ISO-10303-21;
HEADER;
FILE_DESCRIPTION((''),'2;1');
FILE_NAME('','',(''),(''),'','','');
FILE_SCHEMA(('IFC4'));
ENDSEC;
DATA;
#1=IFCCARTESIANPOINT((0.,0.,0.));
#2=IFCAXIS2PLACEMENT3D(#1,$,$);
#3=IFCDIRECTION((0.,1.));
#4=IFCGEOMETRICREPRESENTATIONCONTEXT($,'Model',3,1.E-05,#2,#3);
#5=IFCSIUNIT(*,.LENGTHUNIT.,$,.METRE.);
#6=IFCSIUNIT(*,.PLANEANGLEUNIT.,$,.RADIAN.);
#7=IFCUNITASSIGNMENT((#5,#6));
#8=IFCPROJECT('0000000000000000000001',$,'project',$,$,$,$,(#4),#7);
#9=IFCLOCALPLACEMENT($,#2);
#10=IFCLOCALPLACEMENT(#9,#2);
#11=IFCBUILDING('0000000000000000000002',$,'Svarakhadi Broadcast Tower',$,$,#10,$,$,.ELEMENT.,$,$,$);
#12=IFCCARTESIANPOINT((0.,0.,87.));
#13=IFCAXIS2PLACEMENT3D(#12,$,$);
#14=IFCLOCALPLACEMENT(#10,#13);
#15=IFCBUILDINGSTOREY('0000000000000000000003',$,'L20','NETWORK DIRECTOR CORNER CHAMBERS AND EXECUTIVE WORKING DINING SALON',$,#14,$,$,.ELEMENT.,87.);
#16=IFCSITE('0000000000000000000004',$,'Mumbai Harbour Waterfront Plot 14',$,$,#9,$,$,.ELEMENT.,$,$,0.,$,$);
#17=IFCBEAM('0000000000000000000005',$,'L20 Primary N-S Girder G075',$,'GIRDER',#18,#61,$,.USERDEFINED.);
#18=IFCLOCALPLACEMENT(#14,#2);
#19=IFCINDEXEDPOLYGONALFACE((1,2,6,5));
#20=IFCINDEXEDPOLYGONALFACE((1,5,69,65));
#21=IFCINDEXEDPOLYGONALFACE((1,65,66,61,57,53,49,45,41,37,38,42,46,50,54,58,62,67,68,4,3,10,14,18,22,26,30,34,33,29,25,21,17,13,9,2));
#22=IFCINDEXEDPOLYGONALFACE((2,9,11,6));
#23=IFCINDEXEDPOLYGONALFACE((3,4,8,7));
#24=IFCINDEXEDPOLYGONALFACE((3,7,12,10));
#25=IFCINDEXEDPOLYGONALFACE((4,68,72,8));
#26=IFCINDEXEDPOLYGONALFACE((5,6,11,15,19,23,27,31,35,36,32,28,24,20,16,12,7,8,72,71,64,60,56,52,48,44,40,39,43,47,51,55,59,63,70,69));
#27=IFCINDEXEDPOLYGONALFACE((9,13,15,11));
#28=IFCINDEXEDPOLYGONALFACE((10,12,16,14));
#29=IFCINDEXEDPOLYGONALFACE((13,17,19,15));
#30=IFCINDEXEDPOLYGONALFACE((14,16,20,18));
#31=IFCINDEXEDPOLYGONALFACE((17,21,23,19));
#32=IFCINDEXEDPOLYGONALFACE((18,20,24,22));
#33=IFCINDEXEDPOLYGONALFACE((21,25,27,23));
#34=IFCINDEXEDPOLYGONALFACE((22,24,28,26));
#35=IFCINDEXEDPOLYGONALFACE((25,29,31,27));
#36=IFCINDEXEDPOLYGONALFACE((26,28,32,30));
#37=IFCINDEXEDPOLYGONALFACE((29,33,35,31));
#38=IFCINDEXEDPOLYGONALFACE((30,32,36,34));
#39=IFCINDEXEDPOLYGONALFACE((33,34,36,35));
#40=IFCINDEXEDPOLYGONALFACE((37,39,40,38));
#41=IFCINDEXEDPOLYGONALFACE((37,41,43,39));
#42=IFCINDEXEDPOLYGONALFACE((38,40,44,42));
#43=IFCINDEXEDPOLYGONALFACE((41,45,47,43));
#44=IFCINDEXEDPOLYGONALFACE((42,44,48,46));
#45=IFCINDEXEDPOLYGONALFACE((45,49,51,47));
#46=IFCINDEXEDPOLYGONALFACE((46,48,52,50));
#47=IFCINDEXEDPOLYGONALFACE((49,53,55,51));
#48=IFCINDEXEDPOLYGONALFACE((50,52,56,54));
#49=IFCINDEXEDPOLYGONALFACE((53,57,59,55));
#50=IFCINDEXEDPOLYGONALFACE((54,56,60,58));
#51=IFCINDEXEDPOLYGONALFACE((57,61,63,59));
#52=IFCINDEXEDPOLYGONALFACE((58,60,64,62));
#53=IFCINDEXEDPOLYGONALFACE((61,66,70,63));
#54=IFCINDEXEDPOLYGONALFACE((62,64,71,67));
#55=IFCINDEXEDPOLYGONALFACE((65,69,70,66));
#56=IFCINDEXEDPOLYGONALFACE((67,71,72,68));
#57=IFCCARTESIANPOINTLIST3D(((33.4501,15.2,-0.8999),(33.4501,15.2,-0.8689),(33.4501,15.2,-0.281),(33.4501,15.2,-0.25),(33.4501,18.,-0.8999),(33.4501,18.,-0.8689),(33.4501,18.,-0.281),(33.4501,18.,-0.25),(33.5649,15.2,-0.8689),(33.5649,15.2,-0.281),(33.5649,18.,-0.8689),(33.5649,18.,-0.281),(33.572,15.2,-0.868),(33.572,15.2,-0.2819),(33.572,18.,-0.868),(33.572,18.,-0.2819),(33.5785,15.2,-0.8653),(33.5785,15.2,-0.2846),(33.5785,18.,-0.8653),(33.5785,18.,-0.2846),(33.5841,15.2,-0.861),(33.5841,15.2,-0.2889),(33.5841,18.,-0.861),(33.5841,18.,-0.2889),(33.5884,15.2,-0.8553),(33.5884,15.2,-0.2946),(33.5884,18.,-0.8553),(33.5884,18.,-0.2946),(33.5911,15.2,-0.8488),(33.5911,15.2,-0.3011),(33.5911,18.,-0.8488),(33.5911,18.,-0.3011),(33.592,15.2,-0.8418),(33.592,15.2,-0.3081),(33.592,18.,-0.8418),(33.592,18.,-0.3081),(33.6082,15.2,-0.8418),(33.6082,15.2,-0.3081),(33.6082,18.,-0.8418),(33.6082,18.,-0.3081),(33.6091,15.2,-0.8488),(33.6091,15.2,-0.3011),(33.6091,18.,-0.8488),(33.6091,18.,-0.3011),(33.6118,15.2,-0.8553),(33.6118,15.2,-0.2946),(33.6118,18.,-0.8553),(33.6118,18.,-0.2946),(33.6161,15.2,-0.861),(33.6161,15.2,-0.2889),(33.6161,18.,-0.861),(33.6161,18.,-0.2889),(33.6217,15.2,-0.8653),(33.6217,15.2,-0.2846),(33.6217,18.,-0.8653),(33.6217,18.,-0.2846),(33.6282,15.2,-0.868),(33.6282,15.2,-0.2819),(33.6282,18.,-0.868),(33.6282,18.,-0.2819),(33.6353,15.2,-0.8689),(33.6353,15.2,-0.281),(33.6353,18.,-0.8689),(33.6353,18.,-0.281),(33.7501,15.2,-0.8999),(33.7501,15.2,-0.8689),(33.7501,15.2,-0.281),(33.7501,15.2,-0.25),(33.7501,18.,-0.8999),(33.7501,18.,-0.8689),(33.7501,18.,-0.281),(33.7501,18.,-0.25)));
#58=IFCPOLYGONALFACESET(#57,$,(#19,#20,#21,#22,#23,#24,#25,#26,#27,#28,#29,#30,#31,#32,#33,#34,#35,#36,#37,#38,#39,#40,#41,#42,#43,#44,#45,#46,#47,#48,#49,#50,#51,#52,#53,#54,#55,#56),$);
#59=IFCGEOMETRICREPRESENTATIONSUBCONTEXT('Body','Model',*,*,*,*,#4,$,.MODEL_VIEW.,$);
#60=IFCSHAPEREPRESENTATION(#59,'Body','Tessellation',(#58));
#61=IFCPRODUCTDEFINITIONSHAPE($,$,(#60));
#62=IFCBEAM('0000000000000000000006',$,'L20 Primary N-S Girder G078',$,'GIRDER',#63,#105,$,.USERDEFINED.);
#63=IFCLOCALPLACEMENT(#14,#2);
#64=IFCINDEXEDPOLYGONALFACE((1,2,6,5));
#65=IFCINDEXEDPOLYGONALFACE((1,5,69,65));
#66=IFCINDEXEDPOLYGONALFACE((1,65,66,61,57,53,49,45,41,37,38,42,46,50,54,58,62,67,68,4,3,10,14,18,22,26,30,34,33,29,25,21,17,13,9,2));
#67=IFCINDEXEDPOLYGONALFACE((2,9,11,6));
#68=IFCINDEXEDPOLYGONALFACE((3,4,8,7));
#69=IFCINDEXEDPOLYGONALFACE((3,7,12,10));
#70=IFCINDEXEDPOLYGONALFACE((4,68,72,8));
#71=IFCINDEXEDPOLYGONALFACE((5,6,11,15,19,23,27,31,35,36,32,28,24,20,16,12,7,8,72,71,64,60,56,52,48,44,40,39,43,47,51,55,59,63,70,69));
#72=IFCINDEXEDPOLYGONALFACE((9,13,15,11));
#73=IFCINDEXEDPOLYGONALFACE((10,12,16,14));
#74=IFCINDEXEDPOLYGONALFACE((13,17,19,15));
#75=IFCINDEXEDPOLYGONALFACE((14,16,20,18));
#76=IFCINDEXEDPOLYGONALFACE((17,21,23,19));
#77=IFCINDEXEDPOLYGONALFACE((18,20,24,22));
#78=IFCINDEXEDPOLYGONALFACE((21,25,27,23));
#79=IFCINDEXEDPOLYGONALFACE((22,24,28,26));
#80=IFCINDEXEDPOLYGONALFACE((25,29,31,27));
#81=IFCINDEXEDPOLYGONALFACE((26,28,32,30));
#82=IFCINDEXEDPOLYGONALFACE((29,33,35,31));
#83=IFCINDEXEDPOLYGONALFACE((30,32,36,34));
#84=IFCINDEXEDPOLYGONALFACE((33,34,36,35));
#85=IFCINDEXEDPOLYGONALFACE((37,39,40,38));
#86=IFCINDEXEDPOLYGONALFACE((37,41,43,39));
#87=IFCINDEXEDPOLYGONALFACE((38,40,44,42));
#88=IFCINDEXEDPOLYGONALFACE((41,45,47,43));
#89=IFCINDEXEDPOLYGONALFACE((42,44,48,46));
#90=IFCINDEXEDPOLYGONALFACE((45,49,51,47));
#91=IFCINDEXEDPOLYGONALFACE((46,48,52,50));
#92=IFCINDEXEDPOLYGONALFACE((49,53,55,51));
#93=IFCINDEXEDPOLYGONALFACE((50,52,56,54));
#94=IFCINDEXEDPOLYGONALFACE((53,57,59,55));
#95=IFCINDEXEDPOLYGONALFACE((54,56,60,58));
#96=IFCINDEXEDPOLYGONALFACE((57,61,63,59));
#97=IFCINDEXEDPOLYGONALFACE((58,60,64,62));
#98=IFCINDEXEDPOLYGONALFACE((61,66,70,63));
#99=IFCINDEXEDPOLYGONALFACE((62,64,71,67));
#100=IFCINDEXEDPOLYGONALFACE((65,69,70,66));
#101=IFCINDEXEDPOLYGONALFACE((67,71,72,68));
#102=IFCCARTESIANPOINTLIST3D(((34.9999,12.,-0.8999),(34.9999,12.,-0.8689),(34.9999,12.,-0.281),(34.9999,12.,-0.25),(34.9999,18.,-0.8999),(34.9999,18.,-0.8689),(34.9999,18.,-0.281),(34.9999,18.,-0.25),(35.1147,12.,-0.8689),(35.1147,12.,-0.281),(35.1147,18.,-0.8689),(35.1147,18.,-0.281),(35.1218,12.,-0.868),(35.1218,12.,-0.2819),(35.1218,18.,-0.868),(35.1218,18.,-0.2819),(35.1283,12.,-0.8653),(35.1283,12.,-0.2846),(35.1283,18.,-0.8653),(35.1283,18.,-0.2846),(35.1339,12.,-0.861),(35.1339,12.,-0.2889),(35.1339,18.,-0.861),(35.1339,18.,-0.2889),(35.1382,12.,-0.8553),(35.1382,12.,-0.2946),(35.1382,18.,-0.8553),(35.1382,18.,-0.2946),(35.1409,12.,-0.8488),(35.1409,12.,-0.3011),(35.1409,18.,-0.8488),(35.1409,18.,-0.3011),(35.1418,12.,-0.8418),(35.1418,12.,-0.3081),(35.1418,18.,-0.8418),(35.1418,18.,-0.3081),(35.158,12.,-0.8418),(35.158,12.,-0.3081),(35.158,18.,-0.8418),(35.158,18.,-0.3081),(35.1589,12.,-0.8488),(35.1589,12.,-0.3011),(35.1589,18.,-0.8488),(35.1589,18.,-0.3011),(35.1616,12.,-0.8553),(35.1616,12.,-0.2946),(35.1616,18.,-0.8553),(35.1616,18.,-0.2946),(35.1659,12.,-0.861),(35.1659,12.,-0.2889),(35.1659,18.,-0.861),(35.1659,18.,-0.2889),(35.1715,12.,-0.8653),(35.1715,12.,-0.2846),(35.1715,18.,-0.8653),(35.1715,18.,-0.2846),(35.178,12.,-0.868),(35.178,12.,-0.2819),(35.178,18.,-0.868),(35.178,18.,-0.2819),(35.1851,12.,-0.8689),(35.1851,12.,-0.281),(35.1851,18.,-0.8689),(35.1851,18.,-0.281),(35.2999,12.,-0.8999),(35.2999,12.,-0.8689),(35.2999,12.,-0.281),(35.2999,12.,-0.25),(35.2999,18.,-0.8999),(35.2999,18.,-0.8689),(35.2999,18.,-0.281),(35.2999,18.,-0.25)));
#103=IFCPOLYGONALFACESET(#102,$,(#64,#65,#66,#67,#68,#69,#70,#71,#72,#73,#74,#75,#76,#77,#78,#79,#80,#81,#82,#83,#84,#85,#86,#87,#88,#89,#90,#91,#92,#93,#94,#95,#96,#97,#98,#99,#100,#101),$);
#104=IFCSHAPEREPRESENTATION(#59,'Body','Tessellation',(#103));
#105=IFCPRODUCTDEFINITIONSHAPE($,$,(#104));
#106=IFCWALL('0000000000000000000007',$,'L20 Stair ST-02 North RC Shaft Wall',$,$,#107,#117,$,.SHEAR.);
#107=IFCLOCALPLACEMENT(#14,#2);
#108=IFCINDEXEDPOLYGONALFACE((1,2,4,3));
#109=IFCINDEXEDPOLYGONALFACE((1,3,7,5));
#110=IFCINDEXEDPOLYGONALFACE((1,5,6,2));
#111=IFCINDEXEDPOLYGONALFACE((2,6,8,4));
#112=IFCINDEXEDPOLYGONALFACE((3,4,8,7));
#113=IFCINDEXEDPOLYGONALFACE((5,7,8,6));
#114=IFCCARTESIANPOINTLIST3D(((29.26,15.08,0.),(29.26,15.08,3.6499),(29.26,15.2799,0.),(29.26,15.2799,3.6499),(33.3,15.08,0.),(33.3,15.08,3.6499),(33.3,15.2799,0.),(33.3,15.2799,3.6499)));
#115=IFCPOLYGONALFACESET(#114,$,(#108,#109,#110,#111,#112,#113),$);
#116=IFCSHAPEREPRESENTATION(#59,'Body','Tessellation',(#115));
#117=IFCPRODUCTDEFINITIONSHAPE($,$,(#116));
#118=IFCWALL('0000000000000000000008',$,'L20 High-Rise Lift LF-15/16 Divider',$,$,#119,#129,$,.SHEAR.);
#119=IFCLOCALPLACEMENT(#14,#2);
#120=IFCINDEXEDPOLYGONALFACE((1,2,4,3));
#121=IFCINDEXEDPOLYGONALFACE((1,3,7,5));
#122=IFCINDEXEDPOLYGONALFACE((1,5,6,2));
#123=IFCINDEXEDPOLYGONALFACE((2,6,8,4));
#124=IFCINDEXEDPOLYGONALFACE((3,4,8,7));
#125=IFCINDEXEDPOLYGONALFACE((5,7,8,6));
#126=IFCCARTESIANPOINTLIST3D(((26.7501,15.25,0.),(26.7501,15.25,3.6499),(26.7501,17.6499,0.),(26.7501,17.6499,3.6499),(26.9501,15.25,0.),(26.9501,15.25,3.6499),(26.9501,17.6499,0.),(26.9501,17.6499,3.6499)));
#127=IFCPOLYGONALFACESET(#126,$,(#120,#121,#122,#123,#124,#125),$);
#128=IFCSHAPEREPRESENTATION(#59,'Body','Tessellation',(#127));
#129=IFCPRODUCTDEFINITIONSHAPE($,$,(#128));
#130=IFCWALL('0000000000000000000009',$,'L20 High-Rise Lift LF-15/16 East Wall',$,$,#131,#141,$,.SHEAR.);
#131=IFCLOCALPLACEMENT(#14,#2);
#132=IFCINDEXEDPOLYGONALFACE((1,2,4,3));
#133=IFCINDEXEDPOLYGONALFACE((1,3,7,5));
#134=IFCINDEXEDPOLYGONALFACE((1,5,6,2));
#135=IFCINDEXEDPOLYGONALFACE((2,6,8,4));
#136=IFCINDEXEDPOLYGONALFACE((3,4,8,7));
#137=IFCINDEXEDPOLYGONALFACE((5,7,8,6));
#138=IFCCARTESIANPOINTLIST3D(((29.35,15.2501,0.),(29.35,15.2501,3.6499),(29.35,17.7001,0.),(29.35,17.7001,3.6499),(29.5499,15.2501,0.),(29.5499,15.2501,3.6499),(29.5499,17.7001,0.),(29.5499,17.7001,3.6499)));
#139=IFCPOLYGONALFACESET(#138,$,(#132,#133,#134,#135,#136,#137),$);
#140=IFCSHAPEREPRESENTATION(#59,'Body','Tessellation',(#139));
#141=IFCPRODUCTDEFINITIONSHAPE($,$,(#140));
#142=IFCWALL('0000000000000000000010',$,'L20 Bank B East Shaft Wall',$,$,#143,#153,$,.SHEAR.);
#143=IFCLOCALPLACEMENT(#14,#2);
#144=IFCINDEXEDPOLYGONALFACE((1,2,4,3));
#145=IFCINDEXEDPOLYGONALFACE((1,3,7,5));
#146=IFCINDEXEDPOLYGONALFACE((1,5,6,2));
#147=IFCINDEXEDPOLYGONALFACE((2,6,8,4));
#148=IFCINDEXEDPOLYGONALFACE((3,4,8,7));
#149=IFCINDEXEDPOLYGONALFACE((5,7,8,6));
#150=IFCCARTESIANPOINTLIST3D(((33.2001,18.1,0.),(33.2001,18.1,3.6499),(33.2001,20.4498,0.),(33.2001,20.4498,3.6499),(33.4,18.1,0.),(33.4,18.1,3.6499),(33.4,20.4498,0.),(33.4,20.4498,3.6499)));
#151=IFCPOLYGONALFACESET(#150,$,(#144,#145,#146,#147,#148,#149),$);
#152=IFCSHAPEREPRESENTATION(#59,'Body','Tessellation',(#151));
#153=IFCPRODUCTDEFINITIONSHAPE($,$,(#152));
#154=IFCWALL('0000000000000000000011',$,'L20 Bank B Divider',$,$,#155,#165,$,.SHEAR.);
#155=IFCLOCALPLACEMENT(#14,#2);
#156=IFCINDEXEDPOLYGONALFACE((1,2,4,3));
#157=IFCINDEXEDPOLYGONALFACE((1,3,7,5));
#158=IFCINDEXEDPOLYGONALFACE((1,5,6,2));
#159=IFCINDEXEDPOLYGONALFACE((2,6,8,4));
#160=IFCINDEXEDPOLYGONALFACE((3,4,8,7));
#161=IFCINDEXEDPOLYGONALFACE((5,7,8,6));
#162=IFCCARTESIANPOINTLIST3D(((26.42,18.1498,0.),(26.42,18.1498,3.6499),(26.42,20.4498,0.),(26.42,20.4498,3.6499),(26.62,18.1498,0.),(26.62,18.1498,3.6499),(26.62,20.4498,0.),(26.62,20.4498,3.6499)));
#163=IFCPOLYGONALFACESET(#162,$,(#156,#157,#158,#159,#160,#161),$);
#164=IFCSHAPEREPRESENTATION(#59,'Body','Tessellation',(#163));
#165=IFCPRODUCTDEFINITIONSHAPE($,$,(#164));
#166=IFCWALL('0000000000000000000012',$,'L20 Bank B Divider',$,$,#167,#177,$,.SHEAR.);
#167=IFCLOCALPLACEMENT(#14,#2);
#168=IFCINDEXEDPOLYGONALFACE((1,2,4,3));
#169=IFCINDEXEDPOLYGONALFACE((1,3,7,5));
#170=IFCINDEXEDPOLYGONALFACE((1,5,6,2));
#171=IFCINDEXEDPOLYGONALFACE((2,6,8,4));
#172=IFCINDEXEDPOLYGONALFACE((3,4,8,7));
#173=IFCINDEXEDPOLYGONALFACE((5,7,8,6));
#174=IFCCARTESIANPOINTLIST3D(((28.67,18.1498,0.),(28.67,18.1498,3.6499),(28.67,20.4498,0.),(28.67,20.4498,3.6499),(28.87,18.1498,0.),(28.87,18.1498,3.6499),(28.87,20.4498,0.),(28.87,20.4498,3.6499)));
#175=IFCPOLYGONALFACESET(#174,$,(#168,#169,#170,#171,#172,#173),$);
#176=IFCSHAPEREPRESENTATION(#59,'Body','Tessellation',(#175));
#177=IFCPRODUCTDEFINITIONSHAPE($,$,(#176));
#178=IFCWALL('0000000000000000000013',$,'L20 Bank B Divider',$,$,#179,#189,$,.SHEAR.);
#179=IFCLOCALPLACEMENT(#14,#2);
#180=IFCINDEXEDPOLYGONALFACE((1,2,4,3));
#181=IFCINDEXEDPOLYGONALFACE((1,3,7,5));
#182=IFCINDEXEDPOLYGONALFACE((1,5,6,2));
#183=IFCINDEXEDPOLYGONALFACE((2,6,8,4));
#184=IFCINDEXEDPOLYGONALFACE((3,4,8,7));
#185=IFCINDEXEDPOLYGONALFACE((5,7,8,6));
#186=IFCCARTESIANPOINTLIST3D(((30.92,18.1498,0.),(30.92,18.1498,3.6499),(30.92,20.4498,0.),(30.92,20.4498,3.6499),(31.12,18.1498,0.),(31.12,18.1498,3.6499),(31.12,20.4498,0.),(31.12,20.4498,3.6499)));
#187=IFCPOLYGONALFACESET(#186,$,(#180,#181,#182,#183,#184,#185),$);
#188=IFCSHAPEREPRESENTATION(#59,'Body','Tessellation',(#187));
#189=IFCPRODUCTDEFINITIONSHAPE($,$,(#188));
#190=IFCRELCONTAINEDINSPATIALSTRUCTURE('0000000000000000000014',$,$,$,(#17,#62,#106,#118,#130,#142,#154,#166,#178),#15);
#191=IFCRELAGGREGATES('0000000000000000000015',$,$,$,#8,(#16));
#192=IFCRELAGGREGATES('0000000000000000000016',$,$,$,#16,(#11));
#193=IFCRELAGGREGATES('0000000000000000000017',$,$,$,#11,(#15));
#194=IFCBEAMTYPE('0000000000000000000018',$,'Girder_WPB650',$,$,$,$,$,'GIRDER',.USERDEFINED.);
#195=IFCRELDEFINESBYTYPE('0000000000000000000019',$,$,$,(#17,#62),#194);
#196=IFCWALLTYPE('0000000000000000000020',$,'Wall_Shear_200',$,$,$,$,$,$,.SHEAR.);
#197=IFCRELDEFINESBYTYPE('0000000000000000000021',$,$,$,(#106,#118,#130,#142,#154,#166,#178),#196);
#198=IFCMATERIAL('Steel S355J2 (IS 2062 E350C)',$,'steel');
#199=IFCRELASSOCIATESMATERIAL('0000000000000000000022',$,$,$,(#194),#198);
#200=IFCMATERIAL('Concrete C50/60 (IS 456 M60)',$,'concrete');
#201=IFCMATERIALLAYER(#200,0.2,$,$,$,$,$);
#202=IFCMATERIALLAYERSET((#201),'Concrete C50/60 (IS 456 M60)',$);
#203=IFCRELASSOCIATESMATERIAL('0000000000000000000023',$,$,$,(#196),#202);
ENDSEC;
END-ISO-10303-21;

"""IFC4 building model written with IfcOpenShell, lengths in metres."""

from ifc_helpers import new_model, si_unit, direction, frame, frame_2d, origin, origin_2d, place, context, subcontext, project, spatial, rectangle, i_section, extrude, material, layer, layer_set, material_profile, profile_set, type_object, element, save


model = new_model("IFC4")

# Units and contexts
model_context = context("Model", 3, precision=1e-05, world=origin(), true_north=direction((0.0, 1.0)))
body_context = subcontext(model_context, "Body", "Model", "MODEL_VIEW")
ifc_project = project(units=[si_unit("LENGTHUNIT", "METRE"), si_unit("PLANEANGLEUNIT", "RADIAN")], contexts=[model_context])

# Site, building, storey
site_placement = place(None, origin())
site = spatial("IfcSite", under=ifc_project, at=site_placement, Name="Mumbai Harbour Waterfront Plot 14", CompositionType="ELEMENT", RefElevation=0.0)
building_placement = place(site_placement, origin())
building = spatial("IfcBuilding", under=site, at=building_placement, Name="Svarakhadi Broadcast Tower", CompositionType="ELEMENT")
storey_placement = place(building_placement, frame((0.0, 0.0, 87.0)))
storey = spatial("IfcBuildingStorey", under=building, at=storey_placement, Name="L20", Description="NETWORK DIRECTOR CORNER CHAMBERS AND EXECUTIVE WORKING DINING SALON", CompositionType="ELEMENT", Elevation=87.0)

# Beams
ifc_material_1 = material(Name="Steel S355J2 (IS 2062 E350C)", Category="steel")
ifc_material_profile_1 = material_profile(ifc_material_1, i_section(OverallWidth=0.3, OverallDepth=0.6499, WebThickness=0.0161, FlangeThickness=0.031, FilletRadius=0.0271, at=origin_2d()), Name="WPB 650x300x225")
ifc_profile_set_1 = profile_set([ifc_material_profile_1], Name="Steel S355J2 (IS 2062 E350C)")
beam_type = type_object("IfcBeamType", Name="Girder_WPB650", ElementType="GIRDER", PredefinedType="USERDEFINED", material=ifc_profile_set_1)
beam_1_placement = place(storey_placement, frame((33.6001, 15.2, -0.575), z_axis=(0.0, 1.0, 0.0), x_axis=(-1.0, 0.0, 0.0)))
element("IfcBeam", 1, at=beam_1_placement, inside=storey, type_object=beam_type, Name="L20 Primary N-S Girder G075", ObjectType="GIRDER", PredefinedType="USERDEFINED", context=body_context, shape_type="SweptSolid", body=[
    extrude(i_section(OverallWidth=0.3, OverallDepth=0.6499, WebThickness=0.0161, FlangeThickness=0.031, FilletRadius=0.0271, at=origin_2d()), origin(), (0.0, 0.0, 1.0), 2.8),
])
beam_2_placement = place(storey_placement, frame((35.1499, 12.0, -0.575), z_axis=(0.0, 1.0, 0.0), x_axis=(-1.0, 0.0, 0.0)))
element("IfcBeam", 2, at=beam_2_placement, inside=storey, type_object=beam_type, Name="L20 Primary N-S Girder G078", ObjectType="GIRDER", PredefinedType="USERDEFINED", context=body_context, shape_type="SweptSolid", body=[
    extrude(i_section(OverallWidth=0.3, OverallDepth=0.6499, WebThickness=0.0161, FlangeThickness=0.031, FilletRadius=0.0271, at=origin_2d()), origin(), (0.0, 0.0, 1.0), 6.0),
])

# Wall
ifc_material_2 = material(Name="Concrete C50/60 (IS 456 M60)", Category="concrete")
ifc_layer = layer(ifc_material_2, 0.2)
ifc_layer_set = layer_set([ifc_layer], Name="Concrete C50/60 (IS 456 M60)")
wall_type = type_object("IfcWallType", Name="Wall_Shear_200", PredefinedType="SHEAR", material=ifc_layer_set)
wall_1_placement = place(storey_placement, frame((29.26, 15.1799, 0.0), z_axis=(0.0, 0.0, 1.0), x_axis=(1.0, 0.0, 0.0)))
element("IfcWall", 3, at=wall_1_placement, inside=storey, type_object=wall_type, Name="L20 Stair ST-02 North RC Shaft Wall", PredefinedType="SHEAR", context=body_context, shape_type="SweptSolid", body=[
    extrude(rectangle(XDim=4.04, YDim=0.2, at=frame_2d((2.02, 0.0))), origin(), (0.0, 0.0, 1.0), 3.6499),
])

# Walls
wall_2_placement = place(storey_placement, frame((26.8501, 15.25, 0.0), z_axis=(0.0, 0.0, 1.0), x_axis=(0.0, 1.0, 0.0)))
element("IfcWall", 4, at=wall_2_placement, inside=storey, type_object=wall_type, Name="L20 High-Rise Lift LF-15/16 Divider", PredefinedType="SHEAR", context=body_context, shape_type="SweptSolid", body=[
    extrude(rectangle(XDim=2.3999, YDim=0.2, at=frame_2d((1.2, 0.0))), origin(), (0.0, 0.0, 1.0), 3.6499),
])
wall_3_placement = place(storey_placement, frame((29.45, 15.25, 0.0), z_axis=(0.0, 0.0, 1.0), x_axis=(0.0, 1.0, 0.0)))
element("IfcWall", 5, at=wall_3_placement, inside=storey, type_object=wall_type, Name="L20 High-Rise Lift LF-15/16 East Wall", PredefinedType="SHEAR", context=body_context, shape_type="SweptSolid", body=[
    extrude(rectangle(XDim=2.45, YDim=0.2, at=frame_2d((1.2251, 0.0))), origin(), (0.0, 0.0, 1.0), 3.6499),
])
wall_4_placement = place(storey_placement, frame((33.3, 18.1001, 0.0), z_axis=(0.0, 0.0, 1.0), x_axis=(0.0, 1.0, 0.0)))
element("IfcWall", 6, at=wall_4_placement, inside=storey, type_object=wall_type, Name="L20 Bank B East Shaft Wall", PredefinedType="SHEAR", context=body_context, shape_type="SweptSolid", body=[
    extrude(rectangle(XDim=2.3499, YDim=0.2, at=frame_2d((1.1748, 0.0))), origin(), (0.0, 0.0, 1.0), 3.6499),
])
for number, where, z_axis, x_axis, name in (
    (7, (26.52, 18.1499, 0.0), (0.0, 0.0, 1.0), (0.0, 1.0, 0.0), "L20 Bank B Divider"),
    (8, (28.77, 18.1499, 0.0), (0.0, 0.0, 1.0), (0.0, 1.0, 0.0), "L20 Bank B Divider"),
    (9, (31.02, 18.1499, 0.0), (0.0, 0.0, 1.0), (0.0, 1.0, 0.0), "L20 Bank B Divider"),
):
    element("IfcWall", number, at=place(storey_placement, frame(where, z_axis=z_axis, x_axis=x_axis)), inside=storey, type_object=wall_type, Name=name, PredefinedType="SHEAR", context=body_context, shape_type="SweptSolid", body=[
        extrude(rectangle(XDim=2.3, YDim=0.2, at=frame_2d((1.1499, 0.0))), origin(), (0.0, 0.0, 1.0), 3.6499),
    ])

save(model, "model.ifc")
